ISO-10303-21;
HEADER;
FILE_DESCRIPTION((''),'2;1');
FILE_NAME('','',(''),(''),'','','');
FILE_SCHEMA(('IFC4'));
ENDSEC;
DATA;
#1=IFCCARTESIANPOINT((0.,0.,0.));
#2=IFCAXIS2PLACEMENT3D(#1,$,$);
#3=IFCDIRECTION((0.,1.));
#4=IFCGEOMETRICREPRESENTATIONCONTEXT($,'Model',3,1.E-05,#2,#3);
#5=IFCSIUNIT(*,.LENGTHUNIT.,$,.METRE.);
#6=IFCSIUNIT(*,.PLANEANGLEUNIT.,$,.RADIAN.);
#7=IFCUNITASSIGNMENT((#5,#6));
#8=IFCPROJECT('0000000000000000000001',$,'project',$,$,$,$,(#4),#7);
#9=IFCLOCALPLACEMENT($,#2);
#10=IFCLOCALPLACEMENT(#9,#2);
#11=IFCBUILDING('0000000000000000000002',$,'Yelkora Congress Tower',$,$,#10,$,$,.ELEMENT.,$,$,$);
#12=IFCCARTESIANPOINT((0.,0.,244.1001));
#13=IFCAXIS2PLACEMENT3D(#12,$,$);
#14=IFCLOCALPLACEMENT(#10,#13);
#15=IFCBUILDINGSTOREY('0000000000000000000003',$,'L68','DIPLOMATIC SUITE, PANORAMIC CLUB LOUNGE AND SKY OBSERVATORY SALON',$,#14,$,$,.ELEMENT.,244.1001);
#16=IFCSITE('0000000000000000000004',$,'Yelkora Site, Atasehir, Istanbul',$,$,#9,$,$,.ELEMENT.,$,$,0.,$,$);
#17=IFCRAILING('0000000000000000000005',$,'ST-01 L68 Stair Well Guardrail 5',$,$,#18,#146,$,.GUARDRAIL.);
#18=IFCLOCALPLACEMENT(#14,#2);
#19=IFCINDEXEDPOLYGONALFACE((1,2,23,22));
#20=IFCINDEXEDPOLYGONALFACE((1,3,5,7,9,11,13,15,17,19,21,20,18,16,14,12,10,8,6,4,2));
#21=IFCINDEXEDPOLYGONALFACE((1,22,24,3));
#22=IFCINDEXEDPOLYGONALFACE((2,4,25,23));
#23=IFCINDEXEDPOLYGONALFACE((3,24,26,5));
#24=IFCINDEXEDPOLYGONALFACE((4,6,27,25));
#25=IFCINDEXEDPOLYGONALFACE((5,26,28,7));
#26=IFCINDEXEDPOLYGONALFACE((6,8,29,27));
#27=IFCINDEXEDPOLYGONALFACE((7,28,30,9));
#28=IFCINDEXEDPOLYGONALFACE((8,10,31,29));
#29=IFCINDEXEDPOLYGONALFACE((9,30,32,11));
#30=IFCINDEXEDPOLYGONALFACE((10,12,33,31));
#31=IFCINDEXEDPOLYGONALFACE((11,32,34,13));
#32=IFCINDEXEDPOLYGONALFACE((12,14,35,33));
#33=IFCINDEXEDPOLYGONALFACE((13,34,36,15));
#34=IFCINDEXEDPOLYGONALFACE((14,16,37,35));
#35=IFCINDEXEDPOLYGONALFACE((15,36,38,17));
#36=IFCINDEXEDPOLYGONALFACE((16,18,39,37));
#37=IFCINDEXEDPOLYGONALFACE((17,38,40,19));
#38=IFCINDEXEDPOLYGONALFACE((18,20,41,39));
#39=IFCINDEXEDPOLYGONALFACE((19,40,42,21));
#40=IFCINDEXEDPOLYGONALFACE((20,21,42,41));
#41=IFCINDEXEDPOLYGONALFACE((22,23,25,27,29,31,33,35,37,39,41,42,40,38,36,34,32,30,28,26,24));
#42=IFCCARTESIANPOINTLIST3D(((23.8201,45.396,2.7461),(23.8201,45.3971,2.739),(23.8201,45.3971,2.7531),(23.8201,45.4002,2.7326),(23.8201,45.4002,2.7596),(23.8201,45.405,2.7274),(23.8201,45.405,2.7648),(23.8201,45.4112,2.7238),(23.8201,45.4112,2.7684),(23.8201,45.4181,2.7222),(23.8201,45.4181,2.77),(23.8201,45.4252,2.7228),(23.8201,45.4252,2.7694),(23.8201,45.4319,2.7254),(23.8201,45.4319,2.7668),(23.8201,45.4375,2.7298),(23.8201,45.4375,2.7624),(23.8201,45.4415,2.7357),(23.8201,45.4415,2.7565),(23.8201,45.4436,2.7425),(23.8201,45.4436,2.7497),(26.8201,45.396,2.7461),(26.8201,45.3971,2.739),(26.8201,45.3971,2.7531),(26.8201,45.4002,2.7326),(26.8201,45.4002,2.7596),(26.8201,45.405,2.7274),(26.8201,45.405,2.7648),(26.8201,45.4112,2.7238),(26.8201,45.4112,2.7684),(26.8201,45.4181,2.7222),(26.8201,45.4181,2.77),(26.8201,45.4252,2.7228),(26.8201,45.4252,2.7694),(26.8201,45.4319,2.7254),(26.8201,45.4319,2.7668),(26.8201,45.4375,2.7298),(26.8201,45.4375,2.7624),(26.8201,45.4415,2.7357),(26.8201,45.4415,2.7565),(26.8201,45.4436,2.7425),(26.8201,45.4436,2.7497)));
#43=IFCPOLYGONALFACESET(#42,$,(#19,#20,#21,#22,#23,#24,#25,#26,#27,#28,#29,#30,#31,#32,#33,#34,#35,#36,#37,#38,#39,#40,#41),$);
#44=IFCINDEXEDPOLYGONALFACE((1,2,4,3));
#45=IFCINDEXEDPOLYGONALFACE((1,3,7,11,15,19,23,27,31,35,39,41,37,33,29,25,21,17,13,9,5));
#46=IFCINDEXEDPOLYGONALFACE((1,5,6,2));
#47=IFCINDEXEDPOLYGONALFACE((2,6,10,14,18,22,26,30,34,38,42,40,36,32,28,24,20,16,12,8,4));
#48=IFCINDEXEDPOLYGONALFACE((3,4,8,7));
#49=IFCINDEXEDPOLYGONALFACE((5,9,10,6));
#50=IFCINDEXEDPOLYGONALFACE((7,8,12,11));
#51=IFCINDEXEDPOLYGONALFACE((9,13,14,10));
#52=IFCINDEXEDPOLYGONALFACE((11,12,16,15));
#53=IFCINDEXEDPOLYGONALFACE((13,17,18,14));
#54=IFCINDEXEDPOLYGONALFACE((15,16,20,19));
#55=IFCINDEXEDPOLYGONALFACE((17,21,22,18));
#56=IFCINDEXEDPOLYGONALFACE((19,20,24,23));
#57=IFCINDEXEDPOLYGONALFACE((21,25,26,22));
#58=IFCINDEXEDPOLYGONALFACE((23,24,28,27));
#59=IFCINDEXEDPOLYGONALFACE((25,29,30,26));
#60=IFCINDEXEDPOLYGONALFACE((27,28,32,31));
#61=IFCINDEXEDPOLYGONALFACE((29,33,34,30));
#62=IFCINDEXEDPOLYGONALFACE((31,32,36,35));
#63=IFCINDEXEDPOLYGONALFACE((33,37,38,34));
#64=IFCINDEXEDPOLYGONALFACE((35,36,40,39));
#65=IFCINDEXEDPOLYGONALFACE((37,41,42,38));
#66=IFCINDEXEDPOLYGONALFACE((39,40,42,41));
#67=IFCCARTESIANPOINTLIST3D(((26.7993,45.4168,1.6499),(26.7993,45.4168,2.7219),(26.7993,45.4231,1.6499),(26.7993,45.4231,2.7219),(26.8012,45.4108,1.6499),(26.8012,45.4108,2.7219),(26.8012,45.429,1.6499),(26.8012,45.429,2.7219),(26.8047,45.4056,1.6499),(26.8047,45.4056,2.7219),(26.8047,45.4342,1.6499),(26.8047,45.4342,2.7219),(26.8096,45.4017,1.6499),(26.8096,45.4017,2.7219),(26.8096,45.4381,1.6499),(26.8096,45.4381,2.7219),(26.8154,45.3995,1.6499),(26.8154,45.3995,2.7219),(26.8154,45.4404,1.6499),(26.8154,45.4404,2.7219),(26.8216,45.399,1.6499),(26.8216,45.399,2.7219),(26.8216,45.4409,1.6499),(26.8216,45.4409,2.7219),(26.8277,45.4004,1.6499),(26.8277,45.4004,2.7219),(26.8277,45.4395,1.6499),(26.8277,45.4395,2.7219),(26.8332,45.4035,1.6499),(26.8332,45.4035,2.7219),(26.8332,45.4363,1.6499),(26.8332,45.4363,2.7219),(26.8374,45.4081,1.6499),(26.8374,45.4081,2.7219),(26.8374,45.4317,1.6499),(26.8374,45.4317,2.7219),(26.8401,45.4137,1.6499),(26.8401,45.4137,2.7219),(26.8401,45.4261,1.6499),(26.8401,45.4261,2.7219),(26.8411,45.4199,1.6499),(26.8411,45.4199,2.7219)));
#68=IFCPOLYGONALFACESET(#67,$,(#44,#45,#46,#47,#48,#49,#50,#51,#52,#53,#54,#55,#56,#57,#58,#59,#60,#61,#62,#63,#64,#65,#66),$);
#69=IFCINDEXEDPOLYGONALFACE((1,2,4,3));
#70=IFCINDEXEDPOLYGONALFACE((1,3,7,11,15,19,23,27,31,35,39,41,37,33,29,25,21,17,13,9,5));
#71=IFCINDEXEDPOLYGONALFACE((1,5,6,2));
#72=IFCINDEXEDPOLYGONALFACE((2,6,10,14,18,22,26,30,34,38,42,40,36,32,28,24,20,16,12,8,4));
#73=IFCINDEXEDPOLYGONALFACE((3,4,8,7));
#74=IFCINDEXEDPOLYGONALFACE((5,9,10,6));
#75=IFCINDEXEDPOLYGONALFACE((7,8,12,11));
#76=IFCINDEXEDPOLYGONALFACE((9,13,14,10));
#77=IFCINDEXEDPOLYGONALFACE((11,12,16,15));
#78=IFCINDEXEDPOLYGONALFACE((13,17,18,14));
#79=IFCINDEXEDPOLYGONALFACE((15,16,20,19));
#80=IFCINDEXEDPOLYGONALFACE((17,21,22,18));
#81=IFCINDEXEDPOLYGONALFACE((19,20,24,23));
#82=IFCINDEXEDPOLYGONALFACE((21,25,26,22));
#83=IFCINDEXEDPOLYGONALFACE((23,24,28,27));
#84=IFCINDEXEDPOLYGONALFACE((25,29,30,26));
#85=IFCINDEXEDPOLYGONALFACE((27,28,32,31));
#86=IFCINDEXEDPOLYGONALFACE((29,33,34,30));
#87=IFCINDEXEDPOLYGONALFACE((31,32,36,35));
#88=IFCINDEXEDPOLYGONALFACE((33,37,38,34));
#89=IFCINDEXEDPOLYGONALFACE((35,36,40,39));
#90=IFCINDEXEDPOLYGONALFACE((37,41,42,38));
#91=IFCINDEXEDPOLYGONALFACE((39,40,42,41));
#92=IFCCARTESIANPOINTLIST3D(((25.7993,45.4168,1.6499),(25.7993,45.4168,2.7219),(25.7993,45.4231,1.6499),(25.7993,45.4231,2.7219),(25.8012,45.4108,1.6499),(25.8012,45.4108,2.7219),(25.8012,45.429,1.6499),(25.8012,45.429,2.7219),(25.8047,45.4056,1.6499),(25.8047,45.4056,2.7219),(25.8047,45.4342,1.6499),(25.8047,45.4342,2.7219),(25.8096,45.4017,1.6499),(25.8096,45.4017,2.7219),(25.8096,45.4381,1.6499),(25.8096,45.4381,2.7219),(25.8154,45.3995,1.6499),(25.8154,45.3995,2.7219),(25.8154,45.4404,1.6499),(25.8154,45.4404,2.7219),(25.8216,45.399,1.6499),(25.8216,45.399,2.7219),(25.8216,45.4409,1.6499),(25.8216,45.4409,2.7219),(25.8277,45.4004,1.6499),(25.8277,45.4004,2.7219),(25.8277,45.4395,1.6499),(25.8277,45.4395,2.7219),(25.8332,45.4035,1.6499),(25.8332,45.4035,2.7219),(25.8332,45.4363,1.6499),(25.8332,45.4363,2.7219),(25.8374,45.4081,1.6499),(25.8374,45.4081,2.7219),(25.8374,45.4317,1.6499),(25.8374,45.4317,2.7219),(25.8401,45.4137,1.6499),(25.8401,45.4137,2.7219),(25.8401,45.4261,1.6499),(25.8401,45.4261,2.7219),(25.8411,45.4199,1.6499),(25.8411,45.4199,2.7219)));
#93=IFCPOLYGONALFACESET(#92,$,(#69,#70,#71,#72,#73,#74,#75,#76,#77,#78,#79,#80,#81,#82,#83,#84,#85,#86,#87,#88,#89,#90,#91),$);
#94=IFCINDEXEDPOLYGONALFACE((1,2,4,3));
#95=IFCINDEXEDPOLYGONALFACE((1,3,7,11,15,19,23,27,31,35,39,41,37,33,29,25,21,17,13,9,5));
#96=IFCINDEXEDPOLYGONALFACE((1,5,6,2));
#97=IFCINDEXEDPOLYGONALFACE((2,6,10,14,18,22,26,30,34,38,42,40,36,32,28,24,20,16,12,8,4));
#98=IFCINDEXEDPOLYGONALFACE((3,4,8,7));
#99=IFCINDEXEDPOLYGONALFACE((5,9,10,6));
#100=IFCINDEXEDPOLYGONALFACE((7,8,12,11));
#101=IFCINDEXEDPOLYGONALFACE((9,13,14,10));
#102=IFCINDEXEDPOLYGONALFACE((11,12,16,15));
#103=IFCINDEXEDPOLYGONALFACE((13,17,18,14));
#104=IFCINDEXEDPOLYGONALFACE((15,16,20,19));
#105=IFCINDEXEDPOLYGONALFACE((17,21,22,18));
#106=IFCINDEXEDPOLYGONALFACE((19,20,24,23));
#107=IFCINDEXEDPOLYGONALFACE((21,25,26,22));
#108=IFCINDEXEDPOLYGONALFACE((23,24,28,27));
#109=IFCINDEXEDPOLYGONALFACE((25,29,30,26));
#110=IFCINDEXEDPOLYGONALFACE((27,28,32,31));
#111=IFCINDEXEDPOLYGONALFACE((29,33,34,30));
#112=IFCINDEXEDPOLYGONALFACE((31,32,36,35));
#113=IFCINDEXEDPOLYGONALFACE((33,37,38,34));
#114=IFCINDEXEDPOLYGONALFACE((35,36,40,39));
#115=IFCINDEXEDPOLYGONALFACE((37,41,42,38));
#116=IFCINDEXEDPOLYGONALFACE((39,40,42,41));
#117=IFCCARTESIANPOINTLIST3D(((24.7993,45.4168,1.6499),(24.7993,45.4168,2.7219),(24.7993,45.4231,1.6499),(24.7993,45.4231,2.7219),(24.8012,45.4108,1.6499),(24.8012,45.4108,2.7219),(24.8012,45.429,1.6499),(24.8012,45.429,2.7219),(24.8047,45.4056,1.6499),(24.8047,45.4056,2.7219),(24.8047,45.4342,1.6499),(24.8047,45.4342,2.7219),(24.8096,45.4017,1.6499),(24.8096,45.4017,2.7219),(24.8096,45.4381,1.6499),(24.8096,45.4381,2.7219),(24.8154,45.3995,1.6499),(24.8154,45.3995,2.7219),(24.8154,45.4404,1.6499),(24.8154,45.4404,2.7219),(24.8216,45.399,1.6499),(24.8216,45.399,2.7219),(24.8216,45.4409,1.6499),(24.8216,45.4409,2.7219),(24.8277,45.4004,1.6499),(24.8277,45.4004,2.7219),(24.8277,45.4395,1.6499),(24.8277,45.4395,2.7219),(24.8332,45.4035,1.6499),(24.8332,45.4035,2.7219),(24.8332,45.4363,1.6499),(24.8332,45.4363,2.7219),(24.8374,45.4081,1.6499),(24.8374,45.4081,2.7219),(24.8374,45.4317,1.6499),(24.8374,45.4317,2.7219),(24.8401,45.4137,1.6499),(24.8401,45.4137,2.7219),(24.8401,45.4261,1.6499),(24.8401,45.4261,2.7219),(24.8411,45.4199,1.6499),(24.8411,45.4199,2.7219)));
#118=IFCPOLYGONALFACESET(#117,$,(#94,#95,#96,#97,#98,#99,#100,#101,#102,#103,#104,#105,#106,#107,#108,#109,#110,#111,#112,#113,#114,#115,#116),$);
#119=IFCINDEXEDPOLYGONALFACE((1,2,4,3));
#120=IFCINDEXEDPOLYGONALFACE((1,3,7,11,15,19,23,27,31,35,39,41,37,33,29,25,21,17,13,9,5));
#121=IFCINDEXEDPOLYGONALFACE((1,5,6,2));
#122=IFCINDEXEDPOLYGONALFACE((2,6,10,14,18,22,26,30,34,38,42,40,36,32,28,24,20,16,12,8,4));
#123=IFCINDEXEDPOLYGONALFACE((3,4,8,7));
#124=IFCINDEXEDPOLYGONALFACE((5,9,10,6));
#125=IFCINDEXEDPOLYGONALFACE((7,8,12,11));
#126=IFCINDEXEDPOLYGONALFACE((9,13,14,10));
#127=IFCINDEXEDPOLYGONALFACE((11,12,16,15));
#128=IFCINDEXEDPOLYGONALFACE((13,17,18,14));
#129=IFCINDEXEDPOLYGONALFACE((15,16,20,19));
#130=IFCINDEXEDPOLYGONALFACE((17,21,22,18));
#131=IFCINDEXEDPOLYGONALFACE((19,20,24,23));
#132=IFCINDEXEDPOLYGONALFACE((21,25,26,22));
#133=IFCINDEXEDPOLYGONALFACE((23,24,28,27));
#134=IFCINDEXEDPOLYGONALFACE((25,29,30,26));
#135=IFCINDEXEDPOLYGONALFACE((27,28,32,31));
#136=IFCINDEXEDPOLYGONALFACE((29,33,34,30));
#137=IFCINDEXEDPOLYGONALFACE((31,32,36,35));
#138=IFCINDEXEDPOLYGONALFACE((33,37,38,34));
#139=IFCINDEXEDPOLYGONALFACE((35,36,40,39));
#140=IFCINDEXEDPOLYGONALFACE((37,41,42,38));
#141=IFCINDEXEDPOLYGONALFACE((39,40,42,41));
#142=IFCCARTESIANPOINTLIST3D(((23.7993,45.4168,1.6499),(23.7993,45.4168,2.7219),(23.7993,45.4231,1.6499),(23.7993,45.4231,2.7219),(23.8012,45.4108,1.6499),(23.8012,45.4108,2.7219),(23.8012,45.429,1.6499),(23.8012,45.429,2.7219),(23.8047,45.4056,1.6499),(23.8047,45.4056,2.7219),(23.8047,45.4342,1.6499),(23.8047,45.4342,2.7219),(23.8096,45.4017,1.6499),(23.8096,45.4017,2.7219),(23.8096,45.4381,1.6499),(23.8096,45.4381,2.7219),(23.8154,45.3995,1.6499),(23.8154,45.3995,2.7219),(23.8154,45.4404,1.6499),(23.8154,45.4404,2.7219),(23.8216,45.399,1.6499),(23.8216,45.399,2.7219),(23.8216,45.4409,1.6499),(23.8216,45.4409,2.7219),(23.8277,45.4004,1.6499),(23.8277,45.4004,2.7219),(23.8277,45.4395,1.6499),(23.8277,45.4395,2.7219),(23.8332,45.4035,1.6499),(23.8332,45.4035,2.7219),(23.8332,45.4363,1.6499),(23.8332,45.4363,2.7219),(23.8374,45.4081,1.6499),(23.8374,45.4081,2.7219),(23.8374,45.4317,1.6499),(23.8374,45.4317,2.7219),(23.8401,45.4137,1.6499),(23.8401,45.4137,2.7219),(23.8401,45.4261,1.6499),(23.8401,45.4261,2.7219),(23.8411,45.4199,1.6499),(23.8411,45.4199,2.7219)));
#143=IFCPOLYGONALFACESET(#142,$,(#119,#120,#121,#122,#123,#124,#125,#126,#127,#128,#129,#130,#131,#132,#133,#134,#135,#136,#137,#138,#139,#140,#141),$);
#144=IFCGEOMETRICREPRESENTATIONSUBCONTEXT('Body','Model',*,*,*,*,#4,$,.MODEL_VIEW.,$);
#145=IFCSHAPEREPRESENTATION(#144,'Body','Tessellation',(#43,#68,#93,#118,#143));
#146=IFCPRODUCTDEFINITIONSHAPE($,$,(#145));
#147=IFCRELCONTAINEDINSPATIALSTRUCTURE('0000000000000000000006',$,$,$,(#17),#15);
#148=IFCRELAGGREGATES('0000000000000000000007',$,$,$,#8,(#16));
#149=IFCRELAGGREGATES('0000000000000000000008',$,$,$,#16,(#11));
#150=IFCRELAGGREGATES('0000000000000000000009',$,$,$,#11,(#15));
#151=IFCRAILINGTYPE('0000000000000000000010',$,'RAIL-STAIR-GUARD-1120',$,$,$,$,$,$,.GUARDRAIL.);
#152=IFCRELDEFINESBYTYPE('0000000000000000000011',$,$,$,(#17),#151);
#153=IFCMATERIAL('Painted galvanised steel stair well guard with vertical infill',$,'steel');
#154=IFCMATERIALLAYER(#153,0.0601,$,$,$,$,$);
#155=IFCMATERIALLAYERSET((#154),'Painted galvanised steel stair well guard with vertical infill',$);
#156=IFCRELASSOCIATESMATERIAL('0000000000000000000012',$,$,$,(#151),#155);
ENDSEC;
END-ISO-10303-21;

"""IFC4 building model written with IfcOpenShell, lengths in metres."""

from ifc_helpers import new_model, si_unit, direction, frame, origin, origin_2d, place, context, subcontext, project, spatial, circle, extrude, material, layer, layer_set, type_object, element, save


model = new_model("IFC4")

# Units and contexts
model_context = context("Model", 3, precision=1e-05, world=origin(), true_north=direction((0.0, 1.0)))
body_context = subcontext(model_context, "Body", "Model", "MODEL_VIEW")
ifc_project = project(units=[si_unit("LENGTHUNIT", "METRE"), si_unit("PLANEANGLEUNIT", "RADIAN")], contexts=[model_context])

# Site, building, storey
site_placement = place(None, origin())
site = spatial("IfcSite", under=ifc_project, at=site_placement, Name="Yelkora Site, Atasehir, Istanbul", CompositionType="ELEMENT", RefElevation=0.0)
building_placement = place(site_placement, origin())
building = spatial("IfcBuilding", under=site, at=building_placement, Name="Yelkora Congress Tower", CompositionType="ELEMENT")
storey_placement = place(building_placement, frame((0.0, 0.0, 244.1001)))
storey = spatial("IfcBuildingStorey", under=building, at=storey_placement, Name="L68", Description="DIPLOMATIC SUITE, PANORAMIC CLUB LOUNGE AND SKY OBSERVATORY SALON", CompositionType="ELEMENT", Elevation=244.1001)

# Railing
ifc_material_1 = material(Name="Painted galvanised steel stair well guard with vertical infill", Category="steel")
ifc_layer_1 = layer(ifc_material_1, 0.0601)
ifc_layer_set_1 = layer_set([ifc_layer_1], Name="Painted galvanised steel stair well guard with vertical infill")
railing_type = type_object("IfcRailingType", Name="RAIL-STAIR-GUARD-1120", PredefinedType="GUARDRAIL", material=ifc_layer_set_1)
railing_1_placement = place(storey_placement, frame((26.8201, 45.4199, 1.6499)))
element("IfcRailing", 1, at=railing_1_placement, inside=storey, type_object=railing_type, Name="ST-01 L68 Stair Well Guardrail 5", PredefinedType="GUARDRAIL", context=body_context, shape_type="SweptSolid", body=[
    extrude(circle(Radius=0.0239, at=origin_2d()), frame((0.0, 0.0, 1.0962), z_axis=(-1.0, 0.0, 0.0), x_axis=(0.0, -1.0, 0.0)), (0.0, 0.0, 1.0), 3.0),
    extrude(circle(Radius=0.021, at=origin_2d()), origin(), (0.0, 0.0, 1.0), 1.072),
    extrude(circle(Radius=0.021, at=origin_2d()), frame((-1.0, 0.0, 0.0)), (0.0, 0.0, 1.0), 1.072),
    extrude(circle(Radius=0.021, at=origin_2d()), frame((-2.0, 0.0, 0.0)), (0.0, 0.0, 1.0), 1.072),
    extrude(circle(Radius=0.021, at=origin_2d()), frame((-3.0, 0.0, 0.0)), (0.0, 0.0, 1.0), 1.072),
])

save(model, "model.ifc")
